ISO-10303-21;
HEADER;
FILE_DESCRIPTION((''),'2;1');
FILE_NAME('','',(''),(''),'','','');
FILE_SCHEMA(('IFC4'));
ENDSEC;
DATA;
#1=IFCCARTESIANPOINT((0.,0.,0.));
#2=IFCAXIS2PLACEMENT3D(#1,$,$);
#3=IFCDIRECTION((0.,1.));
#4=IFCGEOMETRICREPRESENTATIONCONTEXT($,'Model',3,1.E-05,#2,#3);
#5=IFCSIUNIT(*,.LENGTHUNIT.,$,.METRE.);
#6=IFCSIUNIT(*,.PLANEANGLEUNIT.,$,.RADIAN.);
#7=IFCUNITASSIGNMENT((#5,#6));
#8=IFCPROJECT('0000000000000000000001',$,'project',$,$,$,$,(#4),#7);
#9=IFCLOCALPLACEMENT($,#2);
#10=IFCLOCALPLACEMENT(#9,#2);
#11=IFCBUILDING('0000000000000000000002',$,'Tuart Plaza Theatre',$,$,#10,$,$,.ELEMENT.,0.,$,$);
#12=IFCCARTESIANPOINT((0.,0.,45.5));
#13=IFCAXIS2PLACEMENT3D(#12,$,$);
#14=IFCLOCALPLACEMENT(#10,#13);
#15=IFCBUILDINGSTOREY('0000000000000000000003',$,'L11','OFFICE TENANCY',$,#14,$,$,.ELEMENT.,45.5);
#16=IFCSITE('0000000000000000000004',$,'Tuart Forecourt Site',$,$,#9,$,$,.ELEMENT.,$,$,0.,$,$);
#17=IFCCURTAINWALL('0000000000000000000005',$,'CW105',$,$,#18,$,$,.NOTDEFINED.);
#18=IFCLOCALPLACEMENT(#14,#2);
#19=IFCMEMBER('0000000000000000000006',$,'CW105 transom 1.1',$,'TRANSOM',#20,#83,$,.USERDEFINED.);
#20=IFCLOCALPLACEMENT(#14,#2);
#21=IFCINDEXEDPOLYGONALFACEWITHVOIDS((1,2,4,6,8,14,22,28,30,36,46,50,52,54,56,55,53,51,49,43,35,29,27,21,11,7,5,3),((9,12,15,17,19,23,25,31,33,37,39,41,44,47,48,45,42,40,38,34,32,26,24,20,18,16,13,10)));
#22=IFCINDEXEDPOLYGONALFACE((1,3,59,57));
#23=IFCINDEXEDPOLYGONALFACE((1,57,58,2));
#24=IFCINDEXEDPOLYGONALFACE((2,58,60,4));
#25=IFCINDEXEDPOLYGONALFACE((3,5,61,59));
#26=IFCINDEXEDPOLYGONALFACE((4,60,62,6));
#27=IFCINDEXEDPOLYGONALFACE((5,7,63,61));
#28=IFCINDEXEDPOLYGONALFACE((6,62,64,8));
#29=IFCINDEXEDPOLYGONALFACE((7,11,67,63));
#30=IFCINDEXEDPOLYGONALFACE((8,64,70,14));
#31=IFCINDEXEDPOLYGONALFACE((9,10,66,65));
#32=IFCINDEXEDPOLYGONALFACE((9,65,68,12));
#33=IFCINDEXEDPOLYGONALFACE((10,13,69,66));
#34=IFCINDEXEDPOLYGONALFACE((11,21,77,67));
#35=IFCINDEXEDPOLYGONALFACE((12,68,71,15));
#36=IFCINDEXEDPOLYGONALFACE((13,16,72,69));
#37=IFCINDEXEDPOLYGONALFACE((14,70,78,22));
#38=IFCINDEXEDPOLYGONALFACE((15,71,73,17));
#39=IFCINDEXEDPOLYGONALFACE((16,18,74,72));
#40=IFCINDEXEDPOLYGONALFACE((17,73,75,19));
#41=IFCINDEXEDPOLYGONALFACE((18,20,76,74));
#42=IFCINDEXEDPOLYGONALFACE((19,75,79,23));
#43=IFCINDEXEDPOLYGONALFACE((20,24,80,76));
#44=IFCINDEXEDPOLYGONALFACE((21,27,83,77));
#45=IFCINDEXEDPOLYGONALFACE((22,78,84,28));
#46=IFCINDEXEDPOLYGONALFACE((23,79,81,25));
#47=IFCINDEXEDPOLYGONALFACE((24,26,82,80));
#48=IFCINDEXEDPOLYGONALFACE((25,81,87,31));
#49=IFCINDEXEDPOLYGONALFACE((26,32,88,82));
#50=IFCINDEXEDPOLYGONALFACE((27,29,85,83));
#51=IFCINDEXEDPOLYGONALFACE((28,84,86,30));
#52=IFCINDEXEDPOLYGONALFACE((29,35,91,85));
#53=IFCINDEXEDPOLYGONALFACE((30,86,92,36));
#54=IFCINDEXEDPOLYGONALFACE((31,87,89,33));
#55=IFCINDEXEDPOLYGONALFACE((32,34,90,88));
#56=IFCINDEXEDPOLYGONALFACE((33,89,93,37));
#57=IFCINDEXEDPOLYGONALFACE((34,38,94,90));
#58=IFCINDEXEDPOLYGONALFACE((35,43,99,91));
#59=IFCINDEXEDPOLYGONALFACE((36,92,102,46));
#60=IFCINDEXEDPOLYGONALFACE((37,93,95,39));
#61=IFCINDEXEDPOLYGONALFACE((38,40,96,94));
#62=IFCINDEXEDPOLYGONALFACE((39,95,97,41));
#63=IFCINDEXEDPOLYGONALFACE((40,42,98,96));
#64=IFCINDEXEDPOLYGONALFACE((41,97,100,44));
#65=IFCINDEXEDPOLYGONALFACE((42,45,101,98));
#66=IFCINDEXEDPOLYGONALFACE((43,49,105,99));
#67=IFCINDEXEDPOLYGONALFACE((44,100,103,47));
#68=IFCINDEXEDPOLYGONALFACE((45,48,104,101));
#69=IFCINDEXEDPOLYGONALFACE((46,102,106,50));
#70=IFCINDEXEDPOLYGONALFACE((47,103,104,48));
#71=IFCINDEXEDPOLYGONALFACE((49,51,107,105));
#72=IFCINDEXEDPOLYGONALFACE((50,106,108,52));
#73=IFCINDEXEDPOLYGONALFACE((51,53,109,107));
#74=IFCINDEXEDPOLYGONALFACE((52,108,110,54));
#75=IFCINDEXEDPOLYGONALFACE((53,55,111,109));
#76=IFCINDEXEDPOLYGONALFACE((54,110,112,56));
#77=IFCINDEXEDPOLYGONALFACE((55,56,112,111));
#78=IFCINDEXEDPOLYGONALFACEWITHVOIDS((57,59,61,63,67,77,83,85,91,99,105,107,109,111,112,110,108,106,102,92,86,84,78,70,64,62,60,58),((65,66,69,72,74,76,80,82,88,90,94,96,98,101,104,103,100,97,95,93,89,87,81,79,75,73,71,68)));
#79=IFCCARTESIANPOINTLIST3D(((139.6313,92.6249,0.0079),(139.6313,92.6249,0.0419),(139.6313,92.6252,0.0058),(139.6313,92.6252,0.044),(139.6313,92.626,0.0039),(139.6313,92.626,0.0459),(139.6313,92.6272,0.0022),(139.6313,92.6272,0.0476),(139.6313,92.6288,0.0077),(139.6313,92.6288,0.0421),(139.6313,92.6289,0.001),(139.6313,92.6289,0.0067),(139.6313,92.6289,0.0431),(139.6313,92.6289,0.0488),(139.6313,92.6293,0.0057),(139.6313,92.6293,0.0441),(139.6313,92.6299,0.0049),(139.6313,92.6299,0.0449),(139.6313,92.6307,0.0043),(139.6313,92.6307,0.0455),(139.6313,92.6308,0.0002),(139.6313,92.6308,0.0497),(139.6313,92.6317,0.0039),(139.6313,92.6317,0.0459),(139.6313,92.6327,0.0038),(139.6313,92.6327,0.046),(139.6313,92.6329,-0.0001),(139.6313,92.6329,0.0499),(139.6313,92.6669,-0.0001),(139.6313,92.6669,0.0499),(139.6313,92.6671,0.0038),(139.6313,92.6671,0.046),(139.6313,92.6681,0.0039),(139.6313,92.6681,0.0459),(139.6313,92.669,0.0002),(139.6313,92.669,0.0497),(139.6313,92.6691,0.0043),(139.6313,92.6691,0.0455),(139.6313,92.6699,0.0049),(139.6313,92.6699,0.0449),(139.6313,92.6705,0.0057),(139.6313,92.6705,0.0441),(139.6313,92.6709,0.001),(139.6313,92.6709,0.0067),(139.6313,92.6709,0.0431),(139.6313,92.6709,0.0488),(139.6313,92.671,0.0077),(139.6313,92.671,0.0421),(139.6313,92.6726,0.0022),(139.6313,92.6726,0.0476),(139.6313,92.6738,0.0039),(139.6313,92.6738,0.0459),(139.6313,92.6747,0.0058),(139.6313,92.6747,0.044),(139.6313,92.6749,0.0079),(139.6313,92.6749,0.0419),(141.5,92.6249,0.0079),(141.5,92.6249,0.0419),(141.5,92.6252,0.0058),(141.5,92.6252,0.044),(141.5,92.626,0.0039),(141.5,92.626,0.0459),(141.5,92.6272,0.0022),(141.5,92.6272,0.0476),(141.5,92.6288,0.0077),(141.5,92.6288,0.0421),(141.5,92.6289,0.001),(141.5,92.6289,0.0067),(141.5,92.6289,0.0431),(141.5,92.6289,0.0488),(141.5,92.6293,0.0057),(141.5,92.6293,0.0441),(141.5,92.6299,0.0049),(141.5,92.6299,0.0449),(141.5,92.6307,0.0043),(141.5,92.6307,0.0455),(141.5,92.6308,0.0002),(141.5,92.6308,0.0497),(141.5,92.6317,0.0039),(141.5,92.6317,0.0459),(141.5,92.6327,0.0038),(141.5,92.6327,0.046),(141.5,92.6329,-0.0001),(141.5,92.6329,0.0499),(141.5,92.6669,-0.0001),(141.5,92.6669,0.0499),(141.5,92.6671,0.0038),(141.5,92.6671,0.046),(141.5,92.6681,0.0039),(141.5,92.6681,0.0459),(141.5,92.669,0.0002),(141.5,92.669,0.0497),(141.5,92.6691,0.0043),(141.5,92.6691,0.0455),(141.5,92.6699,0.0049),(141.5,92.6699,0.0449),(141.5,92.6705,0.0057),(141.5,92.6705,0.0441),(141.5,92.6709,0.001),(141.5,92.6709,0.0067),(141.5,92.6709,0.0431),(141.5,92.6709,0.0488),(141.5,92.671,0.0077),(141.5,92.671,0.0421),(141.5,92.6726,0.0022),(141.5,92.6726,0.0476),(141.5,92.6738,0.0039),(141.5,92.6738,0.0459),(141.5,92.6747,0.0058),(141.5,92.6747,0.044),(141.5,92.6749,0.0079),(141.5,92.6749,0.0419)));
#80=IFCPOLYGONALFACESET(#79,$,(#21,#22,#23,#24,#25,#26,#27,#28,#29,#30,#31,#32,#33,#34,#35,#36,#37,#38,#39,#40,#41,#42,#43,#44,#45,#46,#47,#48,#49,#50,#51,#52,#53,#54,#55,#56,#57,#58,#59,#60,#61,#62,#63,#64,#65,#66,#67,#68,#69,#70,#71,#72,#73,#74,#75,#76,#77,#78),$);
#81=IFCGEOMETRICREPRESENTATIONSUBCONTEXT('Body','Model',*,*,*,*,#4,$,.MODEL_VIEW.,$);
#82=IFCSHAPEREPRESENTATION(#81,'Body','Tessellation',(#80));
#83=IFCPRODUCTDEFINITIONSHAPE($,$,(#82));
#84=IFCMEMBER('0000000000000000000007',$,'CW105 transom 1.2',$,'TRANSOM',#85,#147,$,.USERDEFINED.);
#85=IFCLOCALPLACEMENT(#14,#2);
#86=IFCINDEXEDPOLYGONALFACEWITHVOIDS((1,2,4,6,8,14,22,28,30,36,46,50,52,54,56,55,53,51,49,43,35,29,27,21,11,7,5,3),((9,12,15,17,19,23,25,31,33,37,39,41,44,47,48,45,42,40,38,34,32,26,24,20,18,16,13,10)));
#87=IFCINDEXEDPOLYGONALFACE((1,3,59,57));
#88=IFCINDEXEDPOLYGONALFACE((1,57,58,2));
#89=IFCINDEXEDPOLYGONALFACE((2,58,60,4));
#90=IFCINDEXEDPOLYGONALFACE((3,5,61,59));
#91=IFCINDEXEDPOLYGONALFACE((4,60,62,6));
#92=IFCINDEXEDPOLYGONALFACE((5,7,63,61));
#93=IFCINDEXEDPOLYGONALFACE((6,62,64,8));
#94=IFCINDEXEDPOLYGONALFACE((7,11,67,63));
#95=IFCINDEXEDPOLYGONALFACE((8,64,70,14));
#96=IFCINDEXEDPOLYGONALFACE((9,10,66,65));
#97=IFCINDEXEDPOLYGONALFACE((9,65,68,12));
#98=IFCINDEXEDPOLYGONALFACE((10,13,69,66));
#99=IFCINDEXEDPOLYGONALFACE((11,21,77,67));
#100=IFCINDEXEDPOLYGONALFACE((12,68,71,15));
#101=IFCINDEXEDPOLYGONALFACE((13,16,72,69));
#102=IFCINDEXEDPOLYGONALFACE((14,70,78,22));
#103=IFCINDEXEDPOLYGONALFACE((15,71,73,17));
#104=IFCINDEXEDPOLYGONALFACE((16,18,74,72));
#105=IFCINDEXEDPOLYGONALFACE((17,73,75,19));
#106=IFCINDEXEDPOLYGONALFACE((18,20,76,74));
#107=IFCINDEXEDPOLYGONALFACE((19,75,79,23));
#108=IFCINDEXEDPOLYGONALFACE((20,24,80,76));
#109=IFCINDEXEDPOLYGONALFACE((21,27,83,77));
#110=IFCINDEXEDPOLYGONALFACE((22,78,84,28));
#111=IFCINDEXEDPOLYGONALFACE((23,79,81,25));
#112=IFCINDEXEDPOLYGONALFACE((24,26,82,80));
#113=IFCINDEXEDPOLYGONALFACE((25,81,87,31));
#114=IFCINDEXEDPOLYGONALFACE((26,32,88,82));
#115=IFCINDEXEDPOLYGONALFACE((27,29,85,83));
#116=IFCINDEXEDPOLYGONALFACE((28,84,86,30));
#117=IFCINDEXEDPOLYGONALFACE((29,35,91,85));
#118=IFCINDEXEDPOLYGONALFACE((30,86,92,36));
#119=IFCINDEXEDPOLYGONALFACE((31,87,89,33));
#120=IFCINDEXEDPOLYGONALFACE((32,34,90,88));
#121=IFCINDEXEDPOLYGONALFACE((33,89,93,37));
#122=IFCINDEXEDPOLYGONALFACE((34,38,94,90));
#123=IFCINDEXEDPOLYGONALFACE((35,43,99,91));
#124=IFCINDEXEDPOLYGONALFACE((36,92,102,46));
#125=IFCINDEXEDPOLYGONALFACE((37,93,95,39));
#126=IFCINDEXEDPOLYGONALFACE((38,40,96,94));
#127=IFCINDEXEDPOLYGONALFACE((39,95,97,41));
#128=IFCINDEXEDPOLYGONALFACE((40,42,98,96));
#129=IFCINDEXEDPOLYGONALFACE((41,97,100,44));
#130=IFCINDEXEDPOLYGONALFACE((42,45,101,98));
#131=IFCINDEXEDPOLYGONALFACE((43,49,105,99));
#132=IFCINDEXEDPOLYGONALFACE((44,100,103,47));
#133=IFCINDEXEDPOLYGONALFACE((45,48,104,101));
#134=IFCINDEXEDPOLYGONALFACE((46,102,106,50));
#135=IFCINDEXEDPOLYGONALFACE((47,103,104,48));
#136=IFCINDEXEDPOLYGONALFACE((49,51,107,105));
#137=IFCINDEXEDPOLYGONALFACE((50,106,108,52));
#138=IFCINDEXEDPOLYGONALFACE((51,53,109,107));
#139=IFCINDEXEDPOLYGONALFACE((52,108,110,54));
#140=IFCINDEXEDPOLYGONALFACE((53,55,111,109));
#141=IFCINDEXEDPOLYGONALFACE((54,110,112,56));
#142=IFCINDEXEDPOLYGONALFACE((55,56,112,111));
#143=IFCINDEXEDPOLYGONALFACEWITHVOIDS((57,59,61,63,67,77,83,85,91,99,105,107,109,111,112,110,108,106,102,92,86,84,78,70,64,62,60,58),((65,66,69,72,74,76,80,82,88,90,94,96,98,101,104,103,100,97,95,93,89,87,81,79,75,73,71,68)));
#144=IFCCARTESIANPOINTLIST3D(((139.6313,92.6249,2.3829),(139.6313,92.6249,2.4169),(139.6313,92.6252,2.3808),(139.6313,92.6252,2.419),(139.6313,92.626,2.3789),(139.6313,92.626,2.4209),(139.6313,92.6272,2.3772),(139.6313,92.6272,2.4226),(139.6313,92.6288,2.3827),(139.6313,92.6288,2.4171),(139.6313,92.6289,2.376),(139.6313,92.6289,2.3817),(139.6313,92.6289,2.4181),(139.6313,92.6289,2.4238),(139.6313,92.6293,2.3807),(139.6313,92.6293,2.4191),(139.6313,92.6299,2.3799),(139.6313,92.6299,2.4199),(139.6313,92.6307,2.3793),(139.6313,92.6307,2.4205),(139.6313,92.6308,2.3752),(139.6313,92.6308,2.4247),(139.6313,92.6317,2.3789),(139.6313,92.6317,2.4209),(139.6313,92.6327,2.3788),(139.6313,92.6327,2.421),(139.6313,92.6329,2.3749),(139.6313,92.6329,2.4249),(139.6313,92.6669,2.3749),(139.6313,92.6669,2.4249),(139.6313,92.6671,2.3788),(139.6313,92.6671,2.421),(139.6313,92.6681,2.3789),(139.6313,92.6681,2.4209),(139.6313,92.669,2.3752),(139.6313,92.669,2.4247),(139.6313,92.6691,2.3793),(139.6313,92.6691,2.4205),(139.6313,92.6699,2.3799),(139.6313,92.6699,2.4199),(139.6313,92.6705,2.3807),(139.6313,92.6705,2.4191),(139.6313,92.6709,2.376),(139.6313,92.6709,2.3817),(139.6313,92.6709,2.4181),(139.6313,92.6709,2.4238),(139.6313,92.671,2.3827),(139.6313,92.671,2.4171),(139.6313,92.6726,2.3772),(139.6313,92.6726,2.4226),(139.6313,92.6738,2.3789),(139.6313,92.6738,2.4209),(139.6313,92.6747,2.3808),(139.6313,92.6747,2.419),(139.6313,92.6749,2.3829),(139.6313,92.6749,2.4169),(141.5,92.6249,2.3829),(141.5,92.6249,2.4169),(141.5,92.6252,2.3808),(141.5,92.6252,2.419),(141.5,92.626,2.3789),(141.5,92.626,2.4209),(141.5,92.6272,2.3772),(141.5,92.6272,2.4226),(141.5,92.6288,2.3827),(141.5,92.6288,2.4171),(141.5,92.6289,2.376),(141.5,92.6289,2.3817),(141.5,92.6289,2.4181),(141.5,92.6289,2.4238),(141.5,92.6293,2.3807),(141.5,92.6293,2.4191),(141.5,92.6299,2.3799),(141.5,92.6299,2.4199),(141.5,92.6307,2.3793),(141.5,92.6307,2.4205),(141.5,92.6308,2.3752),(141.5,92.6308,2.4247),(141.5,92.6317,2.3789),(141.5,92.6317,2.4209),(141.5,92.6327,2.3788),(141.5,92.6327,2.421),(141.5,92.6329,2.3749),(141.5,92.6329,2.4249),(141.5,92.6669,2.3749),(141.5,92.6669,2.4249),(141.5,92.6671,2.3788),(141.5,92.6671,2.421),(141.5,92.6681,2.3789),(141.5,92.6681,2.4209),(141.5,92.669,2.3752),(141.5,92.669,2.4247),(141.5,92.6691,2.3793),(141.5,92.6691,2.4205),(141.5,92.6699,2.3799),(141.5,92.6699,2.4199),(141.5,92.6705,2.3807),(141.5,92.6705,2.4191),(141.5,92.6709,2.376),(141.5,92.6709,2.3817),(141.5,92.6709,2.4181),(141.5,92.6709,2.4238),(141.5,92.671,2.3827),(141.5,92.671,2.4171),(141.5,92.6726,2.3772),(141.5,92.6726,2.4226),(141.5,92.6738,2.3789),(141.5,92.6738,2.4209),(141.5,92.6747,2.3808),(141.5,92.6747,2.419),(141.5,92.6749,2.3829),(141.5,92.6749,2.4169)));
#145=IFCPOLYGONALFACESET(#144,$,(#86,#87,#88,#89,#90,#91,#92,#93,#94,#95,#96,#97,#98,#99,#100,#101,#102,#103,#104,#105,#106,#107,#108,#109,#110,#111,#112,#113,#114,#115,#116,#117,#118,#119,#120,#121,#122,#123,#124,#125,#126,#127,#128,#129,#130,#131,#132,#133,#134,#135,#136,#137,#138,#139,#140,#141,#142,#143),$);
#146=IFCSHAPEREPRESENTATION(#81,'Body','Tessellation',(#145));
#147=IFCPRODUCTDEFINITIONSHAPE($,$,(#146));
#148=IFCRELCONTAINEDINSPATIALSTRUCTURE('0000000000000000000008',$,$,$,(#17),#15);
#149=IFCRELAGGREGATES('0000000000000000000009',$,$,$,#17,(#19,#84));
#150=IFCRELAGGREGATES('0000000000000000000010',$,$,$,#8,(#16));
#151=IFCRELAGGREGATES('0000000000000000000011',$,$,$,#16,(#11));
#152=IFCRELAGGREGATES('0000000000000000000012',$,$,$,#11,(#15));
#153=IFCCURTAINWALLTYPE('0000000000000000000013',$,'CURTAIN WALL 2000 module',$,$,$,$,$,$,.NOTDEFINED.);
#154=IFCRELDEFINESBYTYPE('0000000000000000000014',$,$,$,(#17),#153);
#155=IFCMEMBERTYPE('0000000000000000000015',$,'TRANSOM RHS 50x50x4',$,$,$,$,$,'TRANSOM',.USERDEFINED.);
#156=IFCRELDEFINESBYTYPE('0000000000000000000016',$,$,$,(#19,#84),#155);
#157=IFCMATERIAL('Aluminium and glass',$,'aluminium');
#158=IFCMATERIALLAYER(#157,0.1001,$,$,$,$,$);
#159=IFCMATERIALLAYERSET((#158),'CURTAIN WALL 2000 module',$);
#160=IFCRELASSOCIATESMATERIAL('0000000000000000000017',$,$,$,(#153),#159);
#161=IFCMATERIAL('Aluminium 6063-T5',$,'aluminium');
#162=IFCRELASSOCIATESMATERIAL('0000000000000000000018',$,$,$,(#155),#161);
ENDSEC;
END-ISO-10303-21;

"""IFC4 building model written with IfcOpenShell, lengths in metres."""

from ifc_helpers import new_model, si_unit, direction, frame, origin, origin_2d, place, context, subcontext, project, spatial, hollow_rectangle, extrude, material, layer, layer_set, material_profile, profile_set, type_object, element, aggregate, save


model = new_model("IFC4")

# Units and contexts
model_context = context("Model", 3, precision=1e-05, world=origin(), true_north=direction((0.0, 1.0)))
body_context = subcontext(model_context, "Body", "Model", "MODEL_VIEW")
ifc_project = project(units=[si_unit("LENGTHUNIT", "METRE"), si_unit("PLANEANGLEUNIT", "RADIAN")], contexts=[model_context])

# Site, building, storey
site_placement = place(None, origin())
site = spatial("IfcSite", under=ifc_project, at=site_placement, Name="Tuart Forecourt Site", CompositionType="ELEMENT", RefElevation=0.0)
building_placement = place(site_placement, origin())
building = spatial("IfcBuilding", under=site, at=building_placement, Name="Tuart Plaza Theatre", CompositionType="ELEMENT", ElevationOfRefHeight=0.0)
storey_placement = place(building_placement, frame((0.0, 0.0, 45.5)))
storey = spatial("IfcBuildingStorey", under=building, at=storey_placement, Name="L11", Description="OFFICE TENANCY", CompositionType="ELEMENT", Elevation=45.5)

# Curtain wall, members
ifc_material_1 = material(Name="Aluminium and glass", Category="aluminium")
ifc_layer_1 = layer(ifc_material_1, 0.1001)
ifc_layer_set_1 = layer_set([ifc_layer_1], Name="CURTAIN WALL 2000 module")
curtain_wall_type = type_object("IfcCurtainWallType", Name="CURTAIN WALL 2000 module", PredefinedType="NOTDEFINED", material=ifc_layer_set_1)
curtain_wall_placement = place(storey_placement, origin())
curtain_wall = element("IfcCurtainWall", 1, at=curtain_wall_placement, inside=storey, type_object=curtain_wall_type, Name="CW105", PredefinedType="NOTDEFINED")
ifc_material_2 = material(Name="Aluminium 6063-T5", Category="aluminium")
ifc_material_profile_1 = material_profile(ifc_material_2, hollow_rectangle(XDim=0.05, YDim=0.05, WallThickness=0.0039, InnerFilletRadius=0.0039, OuterFilletRadius=0.0081, at=origin_2d()), Name="RHS 50x50x4")
ifc_profile_set_1 = profile_set([ifc_material_profile_1], Name="Aluminium 6063-T5")
member_type_1 = type_object("IfcMemberType", Name="TRANSOM RHS 50x50x4", ElementType="TRANSOM", PredefinedType="USERDEFINED", material=ifc_profile_set_1)
member_1_placement = place(storey_placement, frame((141.5, 92.6499, 0.0249), z_axis=(-1.0, 0.0, 0.0), x_axis=(0.0, -1.0, 0.0)))
member_1 = element("IfcMember", 2, at=member_1_placement, type_object=member_type_1, Name="CW105 transom 1.1", ObjectType="TRANSOM", PredefinedType="USERDEFINED", context=body_context, shape_type="SweptSolid", body=[
    extrude(hollow_rectangle(XDim=0.05, YDim=0.05, WallThickness=0.0039, InnerFilletRadius=0.0039, OuterFilletRadius=0.0081, at=origin_2d()), origin(), (0.0, 0.0, 1.0), 1.8687),
])
member_2_placement = place(storey_placement, frame((141.5, 92.6499, 2.3999), z_axis=(-1.0, 0.0, 0.0), x_axis=(0.0, -1.0, 0.0)))
member_2 = element("IfcMember", 3, at=member_2_placement, type_object=member_type_1, Name="CW105 transom 1.2", ObjectType="TRANSOM", PredefinedType="USERDEFINED", context=body_context, shape_type="SweptSolid", body=[
    extrude(hollow_rectangle(XDim=0.05, YDim=0.05, WallThickness=0.0039, InnerFilletRadius=0.0039, OuterFilletRadius=0.0081, at=origin_2d()), origin(), (0.0, 0.0, 1.0), 1.8687),
])
aggregate(curtain_wall, [member_1, member_2])

save(model, "model.ifc")
